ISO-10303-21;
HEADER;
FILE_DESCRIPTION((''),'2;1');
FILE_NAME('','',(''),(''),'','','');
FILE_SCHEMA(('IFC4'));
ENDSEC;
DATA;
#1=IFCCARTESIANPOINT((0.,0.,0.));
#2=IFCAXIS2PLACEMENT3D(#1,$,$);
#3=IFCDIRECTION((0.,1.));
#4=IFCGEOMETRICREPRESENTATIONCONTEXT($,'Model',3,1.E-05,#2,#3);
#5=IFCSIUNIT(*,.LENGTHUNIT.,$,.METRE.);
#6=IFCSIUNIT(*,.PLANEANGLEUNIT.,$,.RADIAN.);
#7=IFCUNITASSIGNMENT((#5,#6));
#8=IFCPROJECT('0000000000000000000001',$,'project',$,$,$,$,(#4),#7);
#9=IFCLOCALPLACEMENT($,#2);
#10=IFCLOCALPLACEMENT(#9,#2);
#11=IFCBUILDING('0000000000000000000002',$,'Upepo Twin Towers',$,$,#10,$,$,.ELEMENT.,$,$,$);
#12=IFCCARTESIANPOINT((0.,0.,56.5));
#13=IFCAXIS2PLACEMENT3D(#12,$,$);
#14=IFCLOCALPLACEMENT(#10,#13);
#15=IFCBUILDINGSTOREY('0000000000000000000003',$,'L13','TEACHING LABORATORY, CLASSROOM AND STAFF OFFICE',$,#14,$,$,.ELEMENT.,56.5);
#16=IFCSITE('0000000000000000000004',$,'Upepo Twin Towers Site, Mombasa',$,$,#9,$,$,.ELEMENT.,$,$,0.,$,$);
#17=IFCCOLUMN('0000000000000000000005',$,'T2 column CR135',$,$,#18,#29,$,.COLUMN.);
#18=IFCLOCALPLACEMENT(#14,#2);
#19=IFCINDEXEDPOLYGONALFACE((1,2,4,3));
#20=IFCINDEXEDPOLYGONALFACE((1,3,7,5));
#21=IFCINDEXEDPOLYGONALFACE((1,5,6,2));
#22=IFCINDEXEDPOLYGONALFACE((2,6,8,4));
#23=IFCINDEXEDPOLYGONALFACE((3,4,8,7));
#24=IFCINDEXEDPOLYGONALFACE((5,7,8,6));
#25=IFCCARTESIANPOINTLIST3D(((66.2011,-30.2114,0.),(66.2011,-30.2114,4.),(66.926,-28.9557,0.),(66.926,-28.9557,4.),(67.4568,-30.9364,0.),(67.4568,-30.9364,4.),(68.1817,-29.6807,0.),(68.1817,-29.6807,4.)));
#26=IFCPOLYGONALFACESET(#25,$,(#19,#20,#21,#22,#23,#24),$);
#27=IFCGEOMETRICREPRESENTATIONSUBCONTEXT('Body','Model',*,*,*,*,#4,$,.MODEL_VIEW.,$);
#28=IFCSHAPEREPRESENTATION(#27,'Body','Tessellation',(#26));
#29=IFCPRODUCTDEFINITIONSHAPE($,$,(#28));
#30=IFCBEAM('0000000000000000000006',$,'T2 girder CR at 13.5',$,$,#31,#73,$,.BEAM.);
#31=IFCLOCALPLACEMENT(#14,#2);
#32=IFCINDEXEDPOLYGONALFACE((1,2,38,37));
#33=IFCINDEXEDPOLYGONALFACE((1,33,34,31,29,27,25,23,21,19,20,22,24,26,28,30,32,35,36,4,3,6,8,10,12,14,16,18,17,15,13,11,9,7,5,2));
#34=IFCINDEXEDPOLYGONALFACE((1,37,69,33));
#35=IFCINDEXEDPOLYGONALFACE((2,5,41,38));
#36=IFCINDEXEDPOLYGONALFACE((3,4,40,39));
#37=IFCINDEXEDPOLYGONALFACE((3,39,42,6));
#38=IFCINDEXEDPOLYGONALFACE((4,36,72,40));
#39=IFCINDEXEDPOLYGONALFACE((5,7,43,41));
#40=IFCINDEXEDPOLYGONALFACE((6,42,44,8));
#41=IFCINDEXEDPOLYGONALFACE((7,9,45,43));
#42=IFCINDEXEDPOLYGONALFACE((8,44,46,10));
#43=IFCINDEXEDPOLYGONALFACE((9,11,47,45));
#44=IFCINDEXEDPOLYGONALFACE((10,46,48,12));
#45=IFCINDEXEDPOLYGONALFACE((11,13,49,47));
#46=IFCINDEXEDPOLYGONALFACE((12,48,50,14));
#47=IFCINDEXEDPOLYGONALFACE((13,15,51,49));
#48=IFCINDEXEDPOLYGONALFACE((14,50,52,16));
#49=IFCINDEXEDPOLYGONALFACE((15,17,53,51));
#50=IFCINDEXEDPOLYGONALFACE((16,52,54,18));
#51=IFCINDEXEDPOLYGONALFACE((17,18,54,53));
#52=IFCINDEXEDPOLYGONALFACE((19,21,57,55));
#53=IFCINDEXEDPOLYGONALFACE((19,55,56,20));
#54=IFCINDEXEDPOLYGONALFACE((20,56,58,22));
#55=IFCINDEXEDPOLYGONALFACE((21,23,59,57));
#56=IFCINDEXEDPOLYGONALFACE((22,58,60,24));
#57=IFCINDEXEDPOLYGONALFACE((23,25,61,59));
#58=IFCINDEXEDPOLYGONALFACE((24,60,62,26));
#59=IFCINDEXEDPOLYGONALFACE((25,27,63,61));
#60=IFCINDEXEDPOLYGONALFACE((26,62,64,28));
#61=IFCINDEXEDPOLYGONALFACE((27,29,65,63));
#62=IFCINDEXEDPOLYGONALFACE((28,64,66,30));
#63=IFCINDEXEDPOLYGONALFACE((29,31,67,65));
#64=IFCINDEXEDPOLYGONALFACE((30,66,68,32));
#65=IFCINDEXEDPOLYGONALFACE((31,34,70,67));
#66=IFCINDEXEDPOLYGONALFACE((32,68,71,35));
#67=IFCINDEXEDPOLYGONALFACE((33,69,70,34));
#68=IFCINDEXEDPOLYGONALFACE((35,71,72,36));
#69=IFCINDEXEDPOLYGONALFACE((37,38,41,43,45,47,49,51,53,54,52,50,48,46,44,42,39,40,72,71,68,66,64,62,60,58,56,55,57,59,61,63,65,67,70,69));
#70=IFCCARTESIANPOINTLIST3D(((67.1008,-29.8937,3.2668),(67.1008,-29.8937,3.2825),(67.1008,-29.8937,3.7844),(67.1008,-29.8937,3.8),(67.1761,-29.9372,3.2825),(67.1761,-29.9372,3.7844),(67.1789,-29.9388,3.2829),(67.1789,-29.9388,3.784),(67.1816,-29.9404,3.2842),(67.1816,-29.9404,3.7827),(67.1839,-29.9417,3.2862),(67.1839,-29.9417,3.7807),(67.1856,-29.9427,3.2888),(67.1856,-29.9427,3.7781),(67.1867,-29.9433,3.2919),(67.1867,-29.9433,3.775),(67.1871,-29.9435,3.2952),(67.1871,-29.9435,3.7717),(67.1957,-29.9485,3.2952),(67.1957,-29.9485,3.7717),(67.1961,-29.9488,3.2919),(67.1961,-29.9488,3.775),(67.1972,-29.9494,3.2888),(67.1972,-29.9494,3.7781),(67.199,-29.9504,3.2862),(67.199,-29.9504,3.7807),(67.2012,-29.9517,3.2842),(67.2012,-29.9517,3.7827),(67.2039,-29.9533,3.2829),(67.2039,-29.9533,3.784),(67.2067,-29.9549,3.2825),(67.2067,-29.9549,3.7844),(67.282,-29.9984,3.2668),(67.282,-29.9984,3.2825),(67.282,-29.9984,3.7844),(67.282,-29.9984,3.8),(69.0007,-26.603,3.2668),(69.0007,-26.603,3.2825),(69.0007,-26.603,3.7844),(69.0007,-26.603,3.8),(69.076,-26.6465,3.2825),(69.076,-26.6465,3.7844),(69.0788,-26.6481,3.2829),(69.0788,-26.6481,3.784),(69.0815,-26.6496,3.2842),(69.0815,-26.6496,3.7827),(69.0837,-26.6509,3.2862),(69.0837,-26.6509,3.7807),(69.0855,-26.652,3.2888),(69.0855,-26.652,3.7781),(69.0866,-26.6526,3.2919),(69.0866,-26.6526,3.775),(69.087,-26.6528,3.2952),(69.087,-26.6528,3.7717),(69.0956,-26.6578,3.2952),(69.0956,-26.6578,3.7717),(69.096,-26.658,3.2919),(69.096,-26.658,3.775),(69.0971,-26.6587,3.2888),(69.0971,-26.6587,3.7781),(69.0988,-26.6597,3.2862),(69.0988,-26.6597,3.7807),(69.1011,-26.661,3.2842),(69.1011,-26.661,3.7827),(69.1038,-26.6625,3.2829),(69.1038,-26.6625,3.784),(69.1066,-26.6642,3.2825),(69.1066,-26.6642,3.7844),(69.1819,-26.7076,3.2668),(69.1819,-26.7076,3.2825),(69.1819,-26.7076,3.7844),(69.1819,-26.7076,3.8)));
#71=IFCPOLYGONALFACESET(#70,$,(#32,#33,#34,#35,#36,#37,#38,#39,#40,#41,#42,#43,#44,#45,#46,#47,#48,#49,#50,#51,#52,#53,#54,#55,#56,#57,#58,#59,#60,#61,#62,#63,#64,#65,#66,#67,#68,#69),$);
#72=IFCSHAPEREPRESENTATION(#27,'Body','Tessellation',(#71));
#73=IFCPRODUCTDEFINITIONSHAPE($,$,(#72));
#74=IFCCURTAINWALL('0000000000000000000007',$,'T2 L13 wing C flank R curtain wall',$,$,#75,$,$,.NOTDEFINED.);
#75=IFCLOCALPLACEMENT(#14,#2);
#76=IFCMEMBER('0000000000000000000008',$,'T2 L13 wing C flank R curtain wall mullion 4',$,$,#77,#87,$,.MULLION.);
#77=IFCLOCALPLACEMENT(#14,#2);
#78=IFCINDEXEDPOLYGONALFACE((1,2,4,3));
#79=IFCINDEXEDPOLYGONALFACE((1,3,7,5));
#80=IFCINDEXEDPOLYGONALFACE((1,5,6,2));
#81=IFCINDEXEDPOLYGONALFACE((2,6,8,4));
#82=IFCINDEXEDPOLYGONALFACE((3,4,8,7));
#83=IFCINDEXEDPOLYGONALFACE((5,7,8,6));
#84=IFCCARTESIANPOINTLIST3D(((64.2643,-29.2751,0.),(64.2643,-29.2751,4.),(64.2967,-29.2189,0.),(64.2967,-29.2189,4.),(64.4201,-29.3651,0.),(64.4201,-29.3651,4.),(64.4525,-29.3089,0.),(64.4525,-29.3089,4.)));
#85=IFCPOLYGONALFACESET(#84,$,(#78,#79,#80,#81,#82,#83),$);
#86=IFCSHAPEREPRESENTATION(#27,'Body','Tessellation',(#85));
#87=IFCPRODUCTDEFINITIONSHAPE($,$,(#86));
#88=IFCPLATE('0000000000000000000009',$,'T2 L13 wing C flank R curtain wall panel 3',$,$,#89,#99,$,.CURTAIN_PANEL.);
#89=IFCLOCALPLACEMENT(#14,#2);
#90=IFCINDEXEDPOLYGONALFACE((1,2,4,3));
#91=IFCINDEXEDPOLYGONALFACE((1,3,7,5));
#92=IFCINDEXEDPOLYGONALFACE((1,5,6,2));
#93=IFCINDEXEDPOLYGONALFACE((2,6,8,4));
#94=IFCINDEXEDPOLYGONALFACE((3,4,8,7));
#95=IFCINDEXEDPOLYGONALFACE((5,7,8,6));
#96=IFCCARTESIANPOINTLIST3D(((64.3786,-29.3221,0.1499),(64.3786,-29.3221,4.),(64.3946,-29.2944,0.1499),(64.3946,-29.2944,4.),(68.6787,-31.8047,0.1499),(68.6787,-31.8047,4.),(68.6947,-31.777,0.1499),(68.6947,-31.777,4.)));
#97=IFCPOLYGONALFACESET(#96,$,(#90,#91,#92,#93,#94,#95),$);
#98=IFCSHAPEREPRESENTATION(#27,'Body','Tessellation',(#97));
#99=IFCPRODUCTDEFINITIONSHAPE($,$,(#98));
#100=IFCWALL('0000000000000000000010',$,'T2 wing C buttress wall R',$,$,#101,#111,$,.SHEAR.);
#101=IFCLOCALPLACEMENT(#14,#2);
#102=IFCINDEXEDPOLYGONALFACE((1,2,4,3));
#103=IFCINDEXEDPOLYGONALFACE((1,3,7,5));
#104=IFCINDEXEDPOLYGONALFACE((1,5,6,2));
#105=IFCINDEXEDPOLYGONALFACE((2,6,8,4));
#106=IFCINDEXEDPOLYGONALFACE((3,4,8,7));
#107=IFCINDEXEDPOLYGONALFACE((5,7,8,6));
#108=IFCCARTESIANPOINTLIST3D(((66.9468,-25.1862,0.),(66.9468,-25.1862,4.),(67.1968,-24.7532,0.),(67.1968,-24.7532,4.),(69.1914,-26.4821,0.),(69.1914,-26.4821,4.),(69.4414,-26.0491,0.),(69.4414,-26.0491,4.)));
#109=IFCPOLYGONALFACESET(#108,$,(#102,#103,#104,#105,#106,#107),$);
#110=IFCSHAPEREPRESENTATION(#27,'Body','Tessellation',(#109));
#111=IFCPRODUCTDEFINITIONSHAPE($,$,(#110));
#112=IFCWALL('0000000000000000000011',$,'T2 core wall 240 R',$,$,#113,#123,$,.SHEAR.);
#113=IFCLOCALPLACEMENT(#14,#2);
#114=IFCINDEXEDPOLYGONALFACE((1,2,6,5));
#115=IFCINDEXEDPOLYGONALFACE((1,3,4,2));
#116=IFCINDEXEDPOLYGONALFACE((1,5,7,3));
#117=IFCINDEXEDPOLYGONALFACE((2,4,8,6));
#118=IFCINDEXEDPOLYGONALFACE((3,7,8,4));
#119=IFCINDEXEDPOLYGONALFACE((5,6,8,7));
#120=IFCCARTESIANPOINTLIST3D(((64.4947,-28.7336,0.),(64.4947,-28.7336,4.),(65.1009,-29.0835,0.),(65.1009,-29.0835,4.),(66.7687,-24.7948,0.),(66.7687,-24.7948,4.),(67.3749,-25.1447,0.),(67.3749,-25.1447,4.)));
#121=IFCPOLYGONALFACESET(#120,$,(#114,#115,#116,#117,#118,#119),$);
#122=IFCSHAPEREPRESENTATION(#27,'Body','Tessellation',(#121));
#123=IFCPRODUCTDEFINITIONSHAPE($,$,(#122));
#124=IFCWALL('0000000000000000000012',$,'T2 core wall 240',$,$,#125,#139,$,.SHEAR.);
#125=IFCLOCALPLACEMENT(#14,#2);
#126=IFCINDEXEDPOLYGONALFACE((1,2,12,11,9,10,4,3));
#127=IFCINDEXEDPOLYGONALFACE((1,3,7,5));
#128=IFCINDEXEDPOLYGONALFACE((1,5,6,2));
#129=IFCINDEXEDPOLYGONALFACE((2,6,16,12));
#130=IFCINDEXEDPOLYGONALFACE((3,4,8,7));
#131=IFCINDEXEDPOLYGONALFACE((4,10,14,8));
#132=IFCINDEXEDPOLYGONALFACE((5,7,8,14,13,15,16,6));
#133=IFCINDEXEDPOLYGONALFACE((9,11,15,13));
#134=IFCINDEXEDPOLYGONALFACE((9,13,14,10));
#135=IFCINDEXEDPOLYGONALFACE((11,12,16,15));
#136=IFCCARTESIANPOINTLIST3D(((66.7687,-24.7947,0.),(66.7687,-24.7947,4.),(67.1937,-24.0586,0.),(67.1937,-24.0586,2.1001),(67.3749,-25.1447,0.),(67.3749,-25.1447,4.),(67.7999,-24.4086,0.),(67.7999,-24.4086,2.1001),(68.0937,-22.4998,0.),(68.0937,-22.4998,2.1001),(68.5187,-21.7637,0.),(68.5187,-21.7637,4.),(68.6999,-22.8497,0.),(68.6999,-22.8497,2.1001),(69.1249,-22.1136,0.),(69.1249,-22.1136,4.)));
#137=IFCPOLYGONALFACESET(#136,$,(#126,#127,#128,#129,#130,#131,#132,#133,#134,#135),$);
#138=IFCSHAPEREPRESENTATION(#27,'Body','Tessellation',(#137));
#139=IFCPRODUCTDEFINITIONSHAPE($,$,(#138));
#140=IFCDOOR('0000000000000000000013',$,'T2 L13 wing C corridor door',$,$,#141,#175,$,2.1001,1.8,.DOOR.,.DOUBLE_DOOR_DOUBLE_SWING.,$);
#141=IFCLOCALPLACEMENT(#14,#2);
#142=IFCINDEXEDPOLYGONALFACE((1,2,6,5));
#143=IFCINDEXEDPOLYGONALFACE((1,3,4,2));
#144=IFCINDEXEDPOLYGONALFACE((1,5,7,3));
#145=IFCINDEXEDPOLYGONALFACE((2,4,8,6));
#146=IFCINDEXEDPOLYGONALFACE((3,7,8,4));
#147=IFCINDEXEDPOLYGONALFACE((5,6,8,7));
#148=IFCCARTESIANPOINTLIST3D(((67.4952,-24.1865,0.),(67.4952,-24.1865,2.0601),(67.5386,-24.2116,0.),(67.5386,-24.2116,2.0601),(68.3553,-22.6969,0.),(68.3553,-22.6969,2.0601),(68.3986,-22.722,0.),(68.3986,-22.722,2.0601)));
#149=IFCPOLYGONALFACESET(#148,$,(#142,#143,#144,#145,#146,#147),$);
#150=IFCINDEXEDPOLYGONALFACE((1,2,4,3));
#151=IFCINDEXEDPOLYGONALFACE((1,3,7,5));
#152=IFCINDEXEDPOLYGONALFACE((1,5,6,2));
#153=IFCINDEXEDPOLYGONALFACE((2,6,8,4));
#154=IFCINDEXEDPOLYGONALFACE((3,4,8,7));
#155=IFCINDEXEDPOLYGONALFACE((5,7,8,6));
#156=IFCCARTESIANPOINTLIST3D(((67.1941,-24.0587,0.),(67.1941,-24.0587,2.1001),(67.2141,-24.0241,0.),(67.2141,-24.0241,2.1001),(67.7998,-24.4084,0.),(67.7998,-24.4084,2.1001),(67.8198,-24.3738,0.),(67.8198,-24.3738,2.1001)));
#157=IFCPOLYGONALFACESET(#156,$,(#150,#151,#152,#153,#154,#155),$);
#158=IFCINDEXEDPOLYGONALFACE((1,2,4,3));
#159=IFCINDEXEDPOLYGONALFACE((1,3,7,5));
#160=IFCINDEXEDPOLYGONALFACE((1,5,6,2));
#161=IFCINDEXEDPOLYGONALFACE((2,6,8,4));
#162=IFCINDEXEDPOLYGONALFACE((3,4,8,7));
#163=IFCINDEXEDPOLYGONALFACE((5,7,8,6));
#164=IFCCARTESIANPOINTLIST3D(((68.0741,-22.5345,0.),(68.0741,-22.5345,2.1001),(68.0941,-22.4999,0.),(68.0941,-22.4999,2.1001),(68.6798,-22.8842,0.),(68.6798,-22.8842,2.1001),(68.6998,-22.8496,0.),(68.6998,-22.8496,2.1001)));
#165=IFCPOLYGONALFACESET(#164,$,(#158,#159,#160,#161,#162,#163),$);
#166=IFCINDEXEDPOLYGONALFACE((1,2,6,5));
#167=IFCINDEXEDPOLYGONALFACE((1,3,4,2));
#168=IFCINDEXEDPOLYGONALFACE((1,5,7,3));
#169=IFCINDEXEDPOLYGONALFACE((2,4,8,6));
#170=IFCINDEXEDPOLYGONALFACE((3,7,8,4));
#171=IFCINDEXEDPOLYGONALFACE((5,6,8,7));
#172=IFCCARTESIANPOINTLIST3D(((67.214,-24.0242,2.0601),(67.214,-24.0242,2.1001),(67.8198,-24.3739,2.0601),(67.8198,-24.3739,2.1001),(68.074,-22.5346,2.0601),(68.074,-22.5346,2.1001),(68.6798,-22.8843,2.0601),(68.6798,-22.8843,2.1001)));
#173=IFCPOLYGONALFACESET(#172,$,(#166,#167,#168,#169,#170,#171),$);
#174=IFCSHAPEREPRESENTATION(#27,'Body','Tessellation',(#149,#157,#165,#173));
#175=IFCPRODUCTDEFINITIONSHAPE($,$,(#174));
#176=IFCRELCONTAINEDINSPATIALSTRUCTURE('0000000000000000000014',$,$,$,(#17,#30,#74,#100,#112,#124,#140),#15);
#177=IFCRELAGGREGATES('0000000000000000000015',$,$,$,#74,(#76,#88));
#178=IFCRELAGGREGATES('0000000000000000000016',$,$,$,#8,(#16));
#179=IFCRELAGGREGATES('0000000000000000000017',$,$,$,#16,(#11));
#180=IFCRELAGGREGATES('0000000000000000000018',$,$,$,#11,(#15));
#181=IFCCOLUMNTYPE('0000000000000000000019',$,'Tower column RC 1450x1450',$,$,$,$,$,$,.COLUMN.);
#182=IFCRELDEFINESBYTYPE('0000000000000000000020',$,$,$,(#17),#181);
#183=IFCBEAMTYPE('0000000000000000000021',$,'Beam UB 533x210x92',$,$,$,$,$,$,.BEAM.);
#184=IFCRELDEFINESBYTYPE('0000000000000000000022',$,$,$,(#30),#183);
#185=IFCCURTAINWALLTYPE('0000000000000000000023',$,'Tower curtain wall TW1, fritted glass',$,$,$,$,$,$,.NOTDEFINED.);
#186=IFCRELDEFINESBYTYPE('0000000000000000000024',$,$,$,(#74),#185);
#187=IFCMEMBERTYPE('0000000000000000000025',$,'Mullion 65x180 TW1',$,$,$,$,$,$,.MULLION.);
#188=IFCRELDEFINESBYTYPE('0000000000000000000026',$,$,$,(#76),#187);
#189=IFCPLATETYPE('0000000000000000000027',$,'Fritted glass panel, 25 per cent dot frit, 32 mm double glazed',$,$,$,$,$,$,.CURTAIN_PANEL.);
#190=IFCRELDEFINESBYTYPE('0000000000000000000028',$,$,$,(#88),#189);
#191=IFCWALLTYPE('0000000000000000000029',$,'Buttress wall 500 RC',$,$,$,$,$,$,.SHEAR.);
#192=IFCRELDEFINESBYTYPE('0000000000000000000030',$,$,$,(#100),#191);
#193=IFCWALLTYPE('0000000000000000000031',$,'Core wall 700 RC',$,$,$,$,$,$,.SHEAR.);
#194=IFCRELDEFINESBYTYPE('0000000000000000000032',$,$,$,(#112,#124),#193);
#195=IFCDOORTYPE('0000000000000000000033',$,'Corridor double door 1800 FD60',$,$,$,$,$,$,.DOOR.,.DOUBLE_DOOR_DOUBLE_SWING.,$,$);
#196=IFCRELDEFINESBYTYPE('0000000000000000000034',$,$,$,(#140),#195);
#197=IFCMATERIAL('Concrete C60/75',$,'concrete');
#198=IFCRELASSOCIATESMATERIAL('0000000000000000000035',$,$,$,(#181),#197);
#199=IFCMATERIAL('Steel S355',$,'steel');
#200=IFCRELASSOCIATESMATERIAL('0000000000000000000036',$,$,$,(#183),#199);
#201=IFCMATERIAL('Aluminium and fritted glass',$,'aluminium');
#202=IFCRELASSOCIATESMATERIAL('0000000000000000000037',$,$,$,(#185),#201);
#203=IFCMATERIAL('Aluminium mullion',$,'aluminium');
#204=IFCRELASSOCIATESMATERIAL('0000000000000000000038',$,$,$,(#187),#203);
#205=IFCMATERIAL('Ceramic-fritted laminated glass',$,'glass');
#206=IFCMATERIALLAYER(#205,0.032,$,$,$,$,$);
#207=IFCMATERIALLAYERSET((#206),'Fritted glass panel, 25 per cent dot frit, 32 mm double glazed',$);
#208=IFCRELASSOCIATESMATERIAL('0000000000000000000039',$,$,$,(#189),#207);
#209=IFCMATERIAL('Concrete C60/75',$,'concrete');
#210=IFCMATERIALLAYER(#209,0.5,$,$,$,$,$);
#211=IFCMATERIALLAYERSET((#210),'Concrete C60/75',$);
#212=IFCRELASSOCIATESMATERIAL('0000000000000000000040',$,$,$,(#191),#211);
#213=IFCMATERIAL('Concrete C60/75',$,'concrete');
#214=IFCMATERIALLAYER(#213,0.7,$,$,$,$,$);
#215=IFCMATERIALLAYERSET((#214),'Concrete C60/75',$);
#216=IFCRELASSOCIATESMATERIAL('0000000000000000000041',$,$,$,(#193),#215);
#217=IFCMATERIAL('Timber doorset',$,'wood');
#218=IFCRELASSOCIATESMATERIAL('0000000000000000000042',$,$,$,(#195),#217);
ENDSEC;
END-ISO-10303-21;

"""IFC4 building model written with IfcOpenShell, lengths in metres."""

from ifc_helpers import new_model, si_unit, direction, frame, frame_2d, origin, origin_2d, place, context, subcontext, project, spatial, rectangle, i_section, extrude, material, layer, layer_set, material_profile, profile_set, type_object, element, fill, aggregate, save


model = new_model("IFC4")

# Units and contexts
model_context = context("Model", 3, precision=1e-05, world=origin(), true_north=direction((0.0, 1.0)))
body_context = subcontext(model_context, "Body", "Model", "MODEL_VIEW")
ifc_project = project(units=[si_unit("LENGTHUNIT", "METRE"), si_unit("PLANEANGLEUNIT", "RADIAN")], contexts=[model_context])

# Site, building, storey
site_placement = place(None, origin())
site = spatial("IfcSite", under=ifc_project, at=site_placement, Name="Upepo Twin Towers Site, Mombasa", CompositionType="ELEMENT", RefElevation=0.0)
building_placement = place(site_placement, origin())
building = spatial("IfcBuilding", under=site, at=building_placement, Name="Upepo Twin Towers", CompositionType="ELEMENT")
storey_placement = place(building_placement, frame((0.0, 0.0, 56.5)))
storey = spatial("IfcBuildingStorey", under=building, at=storey_placement, Name="L13", Description="TEACHING LABORATORY, CLASSROOM AND STAFF OFFICE", CompositionType="ELEMENT", Elevation=56.5)

# Column
ifc_material_1 = material(Name="Concrete C60/75", Category="concrete")
ifc_material_profile_1 = material_profile(ifc_material_1, rectangle(XDim=1.45, YDim=1.45, at=origin_2d()), Name="RC 1450x1450")
ifc_profile_set_1 = profile_set([ifc_material_profile_1], Name="Concrete C60/75")
column_type = type_object("IfcColumnType", Name="Tower column RC 1450x1450", PredefinedType="COLUMN", material=ifc_profile_set_1)
column_placement = place(storey_placement, frame((67.1914, -29.946, 0.0), z_axis=(0.0, 0.0, 1.0), x_axis=(0.5, 0.866025, 0.0)))
element("IfcColumn", 1, at=column_placement, inside=storey, type_object=column_type, Name="T2 column CR135", PredefinedType="COLUMN", context=body_context, shape_type="SweptSolid", body=[
    extrude(rectangle(XDim=1.45, YDim=1.45, at=origin_2d()), origin(), (0.0, 0.0, 1.0), 4.0),
])

# Beam
ifc_material_2 = material(Name="Steel S355", Category="steel")
ifc_material_profile_2 = material_profile(ifc_material_2, i_section(OverallWidth=0.2092, OverallDepth=0.5332, WebThickness=0.01, FlangeThickness=0.0156, FilletRadius=0.0127, at=origin_2d()), Name="UB 533x210x92")
ifc_profile_set_2 = profile_set([ifc_material_profile_2], Name="Steel S355")
beam_type = type_object("IfcBeamType", Name="Beam UB 533x210x92", PredefinedType="BEAM", material=ifc_profile_set_2)
beam_placement = place(storey_placement, frame((67.1914, -29.946, 3.5334), z_axis=(0.499995, 0.866028, 0.0), x_axis=(-0.866028, 0.499995, 0.0)))
element("IfcBeam", 2, at=beam_placement, inside=storey, type_object=beam_type, Name="T2 girder CR at 13.5", PredefinedType="BEAM", context=body_context, shape_type="SweptSolid", body=[
    extrude(i_section(OverallWidth=0.2092, OverallDepth=0.5332, WebThickness=0.01, FlangeThickness=0.0156, FilletRadius=0.0127, at=origin_2d()), origin(), (0.0, 0.0, 1.0), 3.7998),
])

# Curtain wall, member, plate
ifc_material_3 = material(Name="Aluminium and fritted glass", Category="aluminium")
curtain_wall_type = type_object("IfcCurtainWallType", Name="Tower curtain wall TW1, fritted glass", PredefinedType="NOTDEFINED", material=ifc_material_3)
curtain_wall_placement = place(storey_placement, origin())
curtain_wall = element("IfcCurtainWall", 3, at=curtain_wall_placement, inside=storey, type_object=curtain_wall_type, Name="T2 L13 wing C flank R curtain wall", PredefinedType="NOTDEFINED")
ifc_material_4 = material(Name="Aluminium mullion", Category="aluminium")
ifc_material_profile_3 = material_profile(ifc_material_4, rectangle(XDim=0.0649, YDim=0.1799, at=origin_2d()), Name="MULLION 65x180")
ifc_profile_set_3 = profile_set([ifc_material_profile_3], Name="Aluminium mullion")
member_type = type_object("IfcMemberType", Name="Mullion 65x180 TW1", PredefinedType="MULLION", material=ifc_profile_set_3)
member_placement = place(storey_placement, frame((64.3584, -29.292, 0.0), z_axis=(0.0, 0.0, 1.0), x_axis=(-0.5, -0.866025, 0.0)))
member = element("IfcMember", 4, at=member_placement, type_object=member_type, Name="T2 L13 wing C flank R curtain wall mullion 4", PredefinedType="MULLION", context=body_context, shape_type="SweptSolid", body=[
    extrude(rectangle(XDim=0.0649, YDim=0.1799, at=origin_2d()), origin(), (0.0, 0.0, 1.0), 4.0),
])
ifc_material_5 = material(Name="Ceramic-fritted laminated glass", Category="glass")
ifc_layer_1 = layer(ifc_material_5, 0.032)
ifc_layer_set_1 = layer_set([ifc_layer_1], Name="Fritted glass panel, 25 per cent dot frit, 32 mm double glazed")
plate_type = type_object("IfcPlateType", Name="Fritted glass panel, 25 per cent dot frit, 32 mm double glazed", PredefinedType="CURTAIN_PANEL", material=ifc_layer_set_1)
plate_placement = place(storey_placement, frame((66.5366, -30.5496, 0.1499), z_axis=(0.0, 0.0, 1.0), x_axis=(-0.866025, 0.5, 0.0)))
plate = element("IfcPlate", 5, at=plate_placement, type_object=plate_type, Name="T2 L13 wing C flank R curtain wall panel 3", PredefinedType="CURTAIN_PANEL", context=body_context, shape_type="SweptSolid", body=[
    extrude(rectangle(XDim=4.9653, YDim=0.032, at=origin_2d()), origin(), (0.0, 0.0, 1.0), 3.8501),
])
aggregate(curtain_wall, [member, plate])

# Walls
ifc_material_6 = material(Name="Concrete C60/75", Category="concrete")
ifc_layer_2 = layer(ifc_material_6, 0.5)
ifc_layer_set_2 = layer_set([ifc_layer_2], Name="Concrete C60/75")
wall_type_1 = type_object("IfcWallType", Name="Buttress wall 500 RC", PredefinedType="SHEAR", material=ifc_layer_set_2)
wall_1_placement = place(storey_placement, frame((67.0718, -24.9697, 0.0), z_axis=(0.0, 0.0, 1.0), x_axis=(0.866032, -0.499989, 0.0)))
element("IfcWall", 6, at=wall_1_placement, inside=storey, type_object=wall_type_1, Name="T2 wing C buttress wall R", PredefinedType="SHEAR", context=body_context, shape_type="SweptSolid", body=[
    extrude(rectangle(XDim=2.5918, YDim=0.5, at=frame_2d((1.2959, 0.0))), origin(), (0.0, 0.0, 1.0), 4.0),
])
ifc_material_7 = material(Name="Concrete C60/75", Category="concrete")
ifc_layer_3 = layer(ifc_material_7, 0.7)
ifc_layer_set_3 = layer_set([ifc_layer_3], Name="Concrete C60/75")
wall_type_2 = type_object("IfcWallType", Name="Core wall 700 RC", PredefinedType="SHEAR", material=ifc_layer_set_3)
wall_2_placement = place(storey_placement, frame((64.7979, -28.9084, 0.0), z_axis=(0.0, 0.0, 1.0), x_axis=(0.499984, 0.866035, 0.0)))
element("IfcWall", 7, at=wall_2_placement, inside=storey, type_object=wall_type_2, Name="T2 core wall 240 R", PredefinedType="SHEAR", context=body_context, shape_type="SweptSolid", body=[
    extrude(rectangle(XDim=4.5481, YDim=0.7, at=frame_2d((2.2739, 0.0))), origin(), (0.0, 0.0, 1.0), 4.0),
])

# Wall, opening, door
wall_3_placement = place(storey_placement, frame((67.0718, -24.9697, 0.0), z_axis=(0.0, 0.0, 1.0), x_axis=(0.50001, 0.866019, 0.0)))
wall_3 = element("IfcWall", 8, at=wall_3_placement, inside=storey, type_object=wall_type_2, Name="T2 core wall 240", PredefinedType="SHEAR", context=body_context, shape_type="SweptSolid", body=[
    extrude(rectangle(XDim=3.5, YDim=0.7, at=frame_2d((1.75, 0.0))), origin(), (0.0, 0.0, 1.0), 4.0),
])
opening_1_placement = place(wall_3_placement, frame((0.8501, 0.0, 0.0)))
opening_1 = element("IfcOpeningElement", 9, at=opening_1_placement, cuts=wall_3, PredefinedType="OPENING", context=body_context, shape_type="SweptSolid", body=[
    extrude(rectangle(XDim=1.8, YDim=2.1001, at=frame_2d((0.8999, 1.05))), frame((0.0, 0.3599, 0.0), z_axis=(0.0, -1.0, 0.0), x_axis=(1.0, 0.0, 0.0)), (0.0, 0.0, 1.0), 0.72),
])
ifc_material_8 = material(Name="Timber doorset", Category="wood")
door_type_1 = type_object("IfcDoorType", Name="Corridor double door 1800 FD60", OperationType="DOUBLE_DOOR_DOUBLE_SWING", PredefinedType="DOOR", material=ifc_material_8)
door_1_placement = place(opening_1_placement, origin())
door_1 = element("IfcDoor", 10, at=door_1_placement, inside=storey, type_object=door_type_1, Name="T2 L13 wing C corridor door", OperationType="DOUBLE_DOOR_DOUBLE_SWING", OverallHeight=2.1001, OverallWidth=1.8, PredefinedType="DOOR", context=body_context, shape_type="SweptSolid", body=[
    extrude(rectangle(XDim=1.72, YDim=2.0601, at=frame_2d((0.8999, 1.03))), frame((0.0, 0.0249, 0.0), z_axis=(0.0, -1.0, 0.0), x_axis=(1.0, 0.0, 0.0)), (0.0, 0.0, 1.0), 0.05),
    extrude(rectangle(XDim=0.04, YDim=2.1001, at=frame_2d((0.02, 1.05))), frame((0.0, 0.3496, 0.0), z_axis=(0.0, -1.0, 0.0), x_axis=(1.0, 0.0, 0.0)), (0.0, 0.0, 1.0), 0.6995),
    extrude(rectangle(XDim=0.04, YDim=2.1001, at=frame_2d((1.78, 1.05))), frame((0.0, 0.3496, 0.0), z_axis=(0.0, -1.0, 0.0), x_axis=(1.0, 0.0, 0.0)), (0.0, 0.0, 1.0), 0.6995),
    extrude(rectangle(XDim=1.72, YDim=0.04, at=frame_2d((0.8999, 2.0801))), frame((0.0, 0.3496, 0.0), z_axis=(0.0, -1.0, 0.0), x_axis=(1.0, 0.0, 0.0)), (0.0, 0.0, 1.0), 0.6995),
])
fill(opening_1, door_1)

save(model, "model.ifc")
